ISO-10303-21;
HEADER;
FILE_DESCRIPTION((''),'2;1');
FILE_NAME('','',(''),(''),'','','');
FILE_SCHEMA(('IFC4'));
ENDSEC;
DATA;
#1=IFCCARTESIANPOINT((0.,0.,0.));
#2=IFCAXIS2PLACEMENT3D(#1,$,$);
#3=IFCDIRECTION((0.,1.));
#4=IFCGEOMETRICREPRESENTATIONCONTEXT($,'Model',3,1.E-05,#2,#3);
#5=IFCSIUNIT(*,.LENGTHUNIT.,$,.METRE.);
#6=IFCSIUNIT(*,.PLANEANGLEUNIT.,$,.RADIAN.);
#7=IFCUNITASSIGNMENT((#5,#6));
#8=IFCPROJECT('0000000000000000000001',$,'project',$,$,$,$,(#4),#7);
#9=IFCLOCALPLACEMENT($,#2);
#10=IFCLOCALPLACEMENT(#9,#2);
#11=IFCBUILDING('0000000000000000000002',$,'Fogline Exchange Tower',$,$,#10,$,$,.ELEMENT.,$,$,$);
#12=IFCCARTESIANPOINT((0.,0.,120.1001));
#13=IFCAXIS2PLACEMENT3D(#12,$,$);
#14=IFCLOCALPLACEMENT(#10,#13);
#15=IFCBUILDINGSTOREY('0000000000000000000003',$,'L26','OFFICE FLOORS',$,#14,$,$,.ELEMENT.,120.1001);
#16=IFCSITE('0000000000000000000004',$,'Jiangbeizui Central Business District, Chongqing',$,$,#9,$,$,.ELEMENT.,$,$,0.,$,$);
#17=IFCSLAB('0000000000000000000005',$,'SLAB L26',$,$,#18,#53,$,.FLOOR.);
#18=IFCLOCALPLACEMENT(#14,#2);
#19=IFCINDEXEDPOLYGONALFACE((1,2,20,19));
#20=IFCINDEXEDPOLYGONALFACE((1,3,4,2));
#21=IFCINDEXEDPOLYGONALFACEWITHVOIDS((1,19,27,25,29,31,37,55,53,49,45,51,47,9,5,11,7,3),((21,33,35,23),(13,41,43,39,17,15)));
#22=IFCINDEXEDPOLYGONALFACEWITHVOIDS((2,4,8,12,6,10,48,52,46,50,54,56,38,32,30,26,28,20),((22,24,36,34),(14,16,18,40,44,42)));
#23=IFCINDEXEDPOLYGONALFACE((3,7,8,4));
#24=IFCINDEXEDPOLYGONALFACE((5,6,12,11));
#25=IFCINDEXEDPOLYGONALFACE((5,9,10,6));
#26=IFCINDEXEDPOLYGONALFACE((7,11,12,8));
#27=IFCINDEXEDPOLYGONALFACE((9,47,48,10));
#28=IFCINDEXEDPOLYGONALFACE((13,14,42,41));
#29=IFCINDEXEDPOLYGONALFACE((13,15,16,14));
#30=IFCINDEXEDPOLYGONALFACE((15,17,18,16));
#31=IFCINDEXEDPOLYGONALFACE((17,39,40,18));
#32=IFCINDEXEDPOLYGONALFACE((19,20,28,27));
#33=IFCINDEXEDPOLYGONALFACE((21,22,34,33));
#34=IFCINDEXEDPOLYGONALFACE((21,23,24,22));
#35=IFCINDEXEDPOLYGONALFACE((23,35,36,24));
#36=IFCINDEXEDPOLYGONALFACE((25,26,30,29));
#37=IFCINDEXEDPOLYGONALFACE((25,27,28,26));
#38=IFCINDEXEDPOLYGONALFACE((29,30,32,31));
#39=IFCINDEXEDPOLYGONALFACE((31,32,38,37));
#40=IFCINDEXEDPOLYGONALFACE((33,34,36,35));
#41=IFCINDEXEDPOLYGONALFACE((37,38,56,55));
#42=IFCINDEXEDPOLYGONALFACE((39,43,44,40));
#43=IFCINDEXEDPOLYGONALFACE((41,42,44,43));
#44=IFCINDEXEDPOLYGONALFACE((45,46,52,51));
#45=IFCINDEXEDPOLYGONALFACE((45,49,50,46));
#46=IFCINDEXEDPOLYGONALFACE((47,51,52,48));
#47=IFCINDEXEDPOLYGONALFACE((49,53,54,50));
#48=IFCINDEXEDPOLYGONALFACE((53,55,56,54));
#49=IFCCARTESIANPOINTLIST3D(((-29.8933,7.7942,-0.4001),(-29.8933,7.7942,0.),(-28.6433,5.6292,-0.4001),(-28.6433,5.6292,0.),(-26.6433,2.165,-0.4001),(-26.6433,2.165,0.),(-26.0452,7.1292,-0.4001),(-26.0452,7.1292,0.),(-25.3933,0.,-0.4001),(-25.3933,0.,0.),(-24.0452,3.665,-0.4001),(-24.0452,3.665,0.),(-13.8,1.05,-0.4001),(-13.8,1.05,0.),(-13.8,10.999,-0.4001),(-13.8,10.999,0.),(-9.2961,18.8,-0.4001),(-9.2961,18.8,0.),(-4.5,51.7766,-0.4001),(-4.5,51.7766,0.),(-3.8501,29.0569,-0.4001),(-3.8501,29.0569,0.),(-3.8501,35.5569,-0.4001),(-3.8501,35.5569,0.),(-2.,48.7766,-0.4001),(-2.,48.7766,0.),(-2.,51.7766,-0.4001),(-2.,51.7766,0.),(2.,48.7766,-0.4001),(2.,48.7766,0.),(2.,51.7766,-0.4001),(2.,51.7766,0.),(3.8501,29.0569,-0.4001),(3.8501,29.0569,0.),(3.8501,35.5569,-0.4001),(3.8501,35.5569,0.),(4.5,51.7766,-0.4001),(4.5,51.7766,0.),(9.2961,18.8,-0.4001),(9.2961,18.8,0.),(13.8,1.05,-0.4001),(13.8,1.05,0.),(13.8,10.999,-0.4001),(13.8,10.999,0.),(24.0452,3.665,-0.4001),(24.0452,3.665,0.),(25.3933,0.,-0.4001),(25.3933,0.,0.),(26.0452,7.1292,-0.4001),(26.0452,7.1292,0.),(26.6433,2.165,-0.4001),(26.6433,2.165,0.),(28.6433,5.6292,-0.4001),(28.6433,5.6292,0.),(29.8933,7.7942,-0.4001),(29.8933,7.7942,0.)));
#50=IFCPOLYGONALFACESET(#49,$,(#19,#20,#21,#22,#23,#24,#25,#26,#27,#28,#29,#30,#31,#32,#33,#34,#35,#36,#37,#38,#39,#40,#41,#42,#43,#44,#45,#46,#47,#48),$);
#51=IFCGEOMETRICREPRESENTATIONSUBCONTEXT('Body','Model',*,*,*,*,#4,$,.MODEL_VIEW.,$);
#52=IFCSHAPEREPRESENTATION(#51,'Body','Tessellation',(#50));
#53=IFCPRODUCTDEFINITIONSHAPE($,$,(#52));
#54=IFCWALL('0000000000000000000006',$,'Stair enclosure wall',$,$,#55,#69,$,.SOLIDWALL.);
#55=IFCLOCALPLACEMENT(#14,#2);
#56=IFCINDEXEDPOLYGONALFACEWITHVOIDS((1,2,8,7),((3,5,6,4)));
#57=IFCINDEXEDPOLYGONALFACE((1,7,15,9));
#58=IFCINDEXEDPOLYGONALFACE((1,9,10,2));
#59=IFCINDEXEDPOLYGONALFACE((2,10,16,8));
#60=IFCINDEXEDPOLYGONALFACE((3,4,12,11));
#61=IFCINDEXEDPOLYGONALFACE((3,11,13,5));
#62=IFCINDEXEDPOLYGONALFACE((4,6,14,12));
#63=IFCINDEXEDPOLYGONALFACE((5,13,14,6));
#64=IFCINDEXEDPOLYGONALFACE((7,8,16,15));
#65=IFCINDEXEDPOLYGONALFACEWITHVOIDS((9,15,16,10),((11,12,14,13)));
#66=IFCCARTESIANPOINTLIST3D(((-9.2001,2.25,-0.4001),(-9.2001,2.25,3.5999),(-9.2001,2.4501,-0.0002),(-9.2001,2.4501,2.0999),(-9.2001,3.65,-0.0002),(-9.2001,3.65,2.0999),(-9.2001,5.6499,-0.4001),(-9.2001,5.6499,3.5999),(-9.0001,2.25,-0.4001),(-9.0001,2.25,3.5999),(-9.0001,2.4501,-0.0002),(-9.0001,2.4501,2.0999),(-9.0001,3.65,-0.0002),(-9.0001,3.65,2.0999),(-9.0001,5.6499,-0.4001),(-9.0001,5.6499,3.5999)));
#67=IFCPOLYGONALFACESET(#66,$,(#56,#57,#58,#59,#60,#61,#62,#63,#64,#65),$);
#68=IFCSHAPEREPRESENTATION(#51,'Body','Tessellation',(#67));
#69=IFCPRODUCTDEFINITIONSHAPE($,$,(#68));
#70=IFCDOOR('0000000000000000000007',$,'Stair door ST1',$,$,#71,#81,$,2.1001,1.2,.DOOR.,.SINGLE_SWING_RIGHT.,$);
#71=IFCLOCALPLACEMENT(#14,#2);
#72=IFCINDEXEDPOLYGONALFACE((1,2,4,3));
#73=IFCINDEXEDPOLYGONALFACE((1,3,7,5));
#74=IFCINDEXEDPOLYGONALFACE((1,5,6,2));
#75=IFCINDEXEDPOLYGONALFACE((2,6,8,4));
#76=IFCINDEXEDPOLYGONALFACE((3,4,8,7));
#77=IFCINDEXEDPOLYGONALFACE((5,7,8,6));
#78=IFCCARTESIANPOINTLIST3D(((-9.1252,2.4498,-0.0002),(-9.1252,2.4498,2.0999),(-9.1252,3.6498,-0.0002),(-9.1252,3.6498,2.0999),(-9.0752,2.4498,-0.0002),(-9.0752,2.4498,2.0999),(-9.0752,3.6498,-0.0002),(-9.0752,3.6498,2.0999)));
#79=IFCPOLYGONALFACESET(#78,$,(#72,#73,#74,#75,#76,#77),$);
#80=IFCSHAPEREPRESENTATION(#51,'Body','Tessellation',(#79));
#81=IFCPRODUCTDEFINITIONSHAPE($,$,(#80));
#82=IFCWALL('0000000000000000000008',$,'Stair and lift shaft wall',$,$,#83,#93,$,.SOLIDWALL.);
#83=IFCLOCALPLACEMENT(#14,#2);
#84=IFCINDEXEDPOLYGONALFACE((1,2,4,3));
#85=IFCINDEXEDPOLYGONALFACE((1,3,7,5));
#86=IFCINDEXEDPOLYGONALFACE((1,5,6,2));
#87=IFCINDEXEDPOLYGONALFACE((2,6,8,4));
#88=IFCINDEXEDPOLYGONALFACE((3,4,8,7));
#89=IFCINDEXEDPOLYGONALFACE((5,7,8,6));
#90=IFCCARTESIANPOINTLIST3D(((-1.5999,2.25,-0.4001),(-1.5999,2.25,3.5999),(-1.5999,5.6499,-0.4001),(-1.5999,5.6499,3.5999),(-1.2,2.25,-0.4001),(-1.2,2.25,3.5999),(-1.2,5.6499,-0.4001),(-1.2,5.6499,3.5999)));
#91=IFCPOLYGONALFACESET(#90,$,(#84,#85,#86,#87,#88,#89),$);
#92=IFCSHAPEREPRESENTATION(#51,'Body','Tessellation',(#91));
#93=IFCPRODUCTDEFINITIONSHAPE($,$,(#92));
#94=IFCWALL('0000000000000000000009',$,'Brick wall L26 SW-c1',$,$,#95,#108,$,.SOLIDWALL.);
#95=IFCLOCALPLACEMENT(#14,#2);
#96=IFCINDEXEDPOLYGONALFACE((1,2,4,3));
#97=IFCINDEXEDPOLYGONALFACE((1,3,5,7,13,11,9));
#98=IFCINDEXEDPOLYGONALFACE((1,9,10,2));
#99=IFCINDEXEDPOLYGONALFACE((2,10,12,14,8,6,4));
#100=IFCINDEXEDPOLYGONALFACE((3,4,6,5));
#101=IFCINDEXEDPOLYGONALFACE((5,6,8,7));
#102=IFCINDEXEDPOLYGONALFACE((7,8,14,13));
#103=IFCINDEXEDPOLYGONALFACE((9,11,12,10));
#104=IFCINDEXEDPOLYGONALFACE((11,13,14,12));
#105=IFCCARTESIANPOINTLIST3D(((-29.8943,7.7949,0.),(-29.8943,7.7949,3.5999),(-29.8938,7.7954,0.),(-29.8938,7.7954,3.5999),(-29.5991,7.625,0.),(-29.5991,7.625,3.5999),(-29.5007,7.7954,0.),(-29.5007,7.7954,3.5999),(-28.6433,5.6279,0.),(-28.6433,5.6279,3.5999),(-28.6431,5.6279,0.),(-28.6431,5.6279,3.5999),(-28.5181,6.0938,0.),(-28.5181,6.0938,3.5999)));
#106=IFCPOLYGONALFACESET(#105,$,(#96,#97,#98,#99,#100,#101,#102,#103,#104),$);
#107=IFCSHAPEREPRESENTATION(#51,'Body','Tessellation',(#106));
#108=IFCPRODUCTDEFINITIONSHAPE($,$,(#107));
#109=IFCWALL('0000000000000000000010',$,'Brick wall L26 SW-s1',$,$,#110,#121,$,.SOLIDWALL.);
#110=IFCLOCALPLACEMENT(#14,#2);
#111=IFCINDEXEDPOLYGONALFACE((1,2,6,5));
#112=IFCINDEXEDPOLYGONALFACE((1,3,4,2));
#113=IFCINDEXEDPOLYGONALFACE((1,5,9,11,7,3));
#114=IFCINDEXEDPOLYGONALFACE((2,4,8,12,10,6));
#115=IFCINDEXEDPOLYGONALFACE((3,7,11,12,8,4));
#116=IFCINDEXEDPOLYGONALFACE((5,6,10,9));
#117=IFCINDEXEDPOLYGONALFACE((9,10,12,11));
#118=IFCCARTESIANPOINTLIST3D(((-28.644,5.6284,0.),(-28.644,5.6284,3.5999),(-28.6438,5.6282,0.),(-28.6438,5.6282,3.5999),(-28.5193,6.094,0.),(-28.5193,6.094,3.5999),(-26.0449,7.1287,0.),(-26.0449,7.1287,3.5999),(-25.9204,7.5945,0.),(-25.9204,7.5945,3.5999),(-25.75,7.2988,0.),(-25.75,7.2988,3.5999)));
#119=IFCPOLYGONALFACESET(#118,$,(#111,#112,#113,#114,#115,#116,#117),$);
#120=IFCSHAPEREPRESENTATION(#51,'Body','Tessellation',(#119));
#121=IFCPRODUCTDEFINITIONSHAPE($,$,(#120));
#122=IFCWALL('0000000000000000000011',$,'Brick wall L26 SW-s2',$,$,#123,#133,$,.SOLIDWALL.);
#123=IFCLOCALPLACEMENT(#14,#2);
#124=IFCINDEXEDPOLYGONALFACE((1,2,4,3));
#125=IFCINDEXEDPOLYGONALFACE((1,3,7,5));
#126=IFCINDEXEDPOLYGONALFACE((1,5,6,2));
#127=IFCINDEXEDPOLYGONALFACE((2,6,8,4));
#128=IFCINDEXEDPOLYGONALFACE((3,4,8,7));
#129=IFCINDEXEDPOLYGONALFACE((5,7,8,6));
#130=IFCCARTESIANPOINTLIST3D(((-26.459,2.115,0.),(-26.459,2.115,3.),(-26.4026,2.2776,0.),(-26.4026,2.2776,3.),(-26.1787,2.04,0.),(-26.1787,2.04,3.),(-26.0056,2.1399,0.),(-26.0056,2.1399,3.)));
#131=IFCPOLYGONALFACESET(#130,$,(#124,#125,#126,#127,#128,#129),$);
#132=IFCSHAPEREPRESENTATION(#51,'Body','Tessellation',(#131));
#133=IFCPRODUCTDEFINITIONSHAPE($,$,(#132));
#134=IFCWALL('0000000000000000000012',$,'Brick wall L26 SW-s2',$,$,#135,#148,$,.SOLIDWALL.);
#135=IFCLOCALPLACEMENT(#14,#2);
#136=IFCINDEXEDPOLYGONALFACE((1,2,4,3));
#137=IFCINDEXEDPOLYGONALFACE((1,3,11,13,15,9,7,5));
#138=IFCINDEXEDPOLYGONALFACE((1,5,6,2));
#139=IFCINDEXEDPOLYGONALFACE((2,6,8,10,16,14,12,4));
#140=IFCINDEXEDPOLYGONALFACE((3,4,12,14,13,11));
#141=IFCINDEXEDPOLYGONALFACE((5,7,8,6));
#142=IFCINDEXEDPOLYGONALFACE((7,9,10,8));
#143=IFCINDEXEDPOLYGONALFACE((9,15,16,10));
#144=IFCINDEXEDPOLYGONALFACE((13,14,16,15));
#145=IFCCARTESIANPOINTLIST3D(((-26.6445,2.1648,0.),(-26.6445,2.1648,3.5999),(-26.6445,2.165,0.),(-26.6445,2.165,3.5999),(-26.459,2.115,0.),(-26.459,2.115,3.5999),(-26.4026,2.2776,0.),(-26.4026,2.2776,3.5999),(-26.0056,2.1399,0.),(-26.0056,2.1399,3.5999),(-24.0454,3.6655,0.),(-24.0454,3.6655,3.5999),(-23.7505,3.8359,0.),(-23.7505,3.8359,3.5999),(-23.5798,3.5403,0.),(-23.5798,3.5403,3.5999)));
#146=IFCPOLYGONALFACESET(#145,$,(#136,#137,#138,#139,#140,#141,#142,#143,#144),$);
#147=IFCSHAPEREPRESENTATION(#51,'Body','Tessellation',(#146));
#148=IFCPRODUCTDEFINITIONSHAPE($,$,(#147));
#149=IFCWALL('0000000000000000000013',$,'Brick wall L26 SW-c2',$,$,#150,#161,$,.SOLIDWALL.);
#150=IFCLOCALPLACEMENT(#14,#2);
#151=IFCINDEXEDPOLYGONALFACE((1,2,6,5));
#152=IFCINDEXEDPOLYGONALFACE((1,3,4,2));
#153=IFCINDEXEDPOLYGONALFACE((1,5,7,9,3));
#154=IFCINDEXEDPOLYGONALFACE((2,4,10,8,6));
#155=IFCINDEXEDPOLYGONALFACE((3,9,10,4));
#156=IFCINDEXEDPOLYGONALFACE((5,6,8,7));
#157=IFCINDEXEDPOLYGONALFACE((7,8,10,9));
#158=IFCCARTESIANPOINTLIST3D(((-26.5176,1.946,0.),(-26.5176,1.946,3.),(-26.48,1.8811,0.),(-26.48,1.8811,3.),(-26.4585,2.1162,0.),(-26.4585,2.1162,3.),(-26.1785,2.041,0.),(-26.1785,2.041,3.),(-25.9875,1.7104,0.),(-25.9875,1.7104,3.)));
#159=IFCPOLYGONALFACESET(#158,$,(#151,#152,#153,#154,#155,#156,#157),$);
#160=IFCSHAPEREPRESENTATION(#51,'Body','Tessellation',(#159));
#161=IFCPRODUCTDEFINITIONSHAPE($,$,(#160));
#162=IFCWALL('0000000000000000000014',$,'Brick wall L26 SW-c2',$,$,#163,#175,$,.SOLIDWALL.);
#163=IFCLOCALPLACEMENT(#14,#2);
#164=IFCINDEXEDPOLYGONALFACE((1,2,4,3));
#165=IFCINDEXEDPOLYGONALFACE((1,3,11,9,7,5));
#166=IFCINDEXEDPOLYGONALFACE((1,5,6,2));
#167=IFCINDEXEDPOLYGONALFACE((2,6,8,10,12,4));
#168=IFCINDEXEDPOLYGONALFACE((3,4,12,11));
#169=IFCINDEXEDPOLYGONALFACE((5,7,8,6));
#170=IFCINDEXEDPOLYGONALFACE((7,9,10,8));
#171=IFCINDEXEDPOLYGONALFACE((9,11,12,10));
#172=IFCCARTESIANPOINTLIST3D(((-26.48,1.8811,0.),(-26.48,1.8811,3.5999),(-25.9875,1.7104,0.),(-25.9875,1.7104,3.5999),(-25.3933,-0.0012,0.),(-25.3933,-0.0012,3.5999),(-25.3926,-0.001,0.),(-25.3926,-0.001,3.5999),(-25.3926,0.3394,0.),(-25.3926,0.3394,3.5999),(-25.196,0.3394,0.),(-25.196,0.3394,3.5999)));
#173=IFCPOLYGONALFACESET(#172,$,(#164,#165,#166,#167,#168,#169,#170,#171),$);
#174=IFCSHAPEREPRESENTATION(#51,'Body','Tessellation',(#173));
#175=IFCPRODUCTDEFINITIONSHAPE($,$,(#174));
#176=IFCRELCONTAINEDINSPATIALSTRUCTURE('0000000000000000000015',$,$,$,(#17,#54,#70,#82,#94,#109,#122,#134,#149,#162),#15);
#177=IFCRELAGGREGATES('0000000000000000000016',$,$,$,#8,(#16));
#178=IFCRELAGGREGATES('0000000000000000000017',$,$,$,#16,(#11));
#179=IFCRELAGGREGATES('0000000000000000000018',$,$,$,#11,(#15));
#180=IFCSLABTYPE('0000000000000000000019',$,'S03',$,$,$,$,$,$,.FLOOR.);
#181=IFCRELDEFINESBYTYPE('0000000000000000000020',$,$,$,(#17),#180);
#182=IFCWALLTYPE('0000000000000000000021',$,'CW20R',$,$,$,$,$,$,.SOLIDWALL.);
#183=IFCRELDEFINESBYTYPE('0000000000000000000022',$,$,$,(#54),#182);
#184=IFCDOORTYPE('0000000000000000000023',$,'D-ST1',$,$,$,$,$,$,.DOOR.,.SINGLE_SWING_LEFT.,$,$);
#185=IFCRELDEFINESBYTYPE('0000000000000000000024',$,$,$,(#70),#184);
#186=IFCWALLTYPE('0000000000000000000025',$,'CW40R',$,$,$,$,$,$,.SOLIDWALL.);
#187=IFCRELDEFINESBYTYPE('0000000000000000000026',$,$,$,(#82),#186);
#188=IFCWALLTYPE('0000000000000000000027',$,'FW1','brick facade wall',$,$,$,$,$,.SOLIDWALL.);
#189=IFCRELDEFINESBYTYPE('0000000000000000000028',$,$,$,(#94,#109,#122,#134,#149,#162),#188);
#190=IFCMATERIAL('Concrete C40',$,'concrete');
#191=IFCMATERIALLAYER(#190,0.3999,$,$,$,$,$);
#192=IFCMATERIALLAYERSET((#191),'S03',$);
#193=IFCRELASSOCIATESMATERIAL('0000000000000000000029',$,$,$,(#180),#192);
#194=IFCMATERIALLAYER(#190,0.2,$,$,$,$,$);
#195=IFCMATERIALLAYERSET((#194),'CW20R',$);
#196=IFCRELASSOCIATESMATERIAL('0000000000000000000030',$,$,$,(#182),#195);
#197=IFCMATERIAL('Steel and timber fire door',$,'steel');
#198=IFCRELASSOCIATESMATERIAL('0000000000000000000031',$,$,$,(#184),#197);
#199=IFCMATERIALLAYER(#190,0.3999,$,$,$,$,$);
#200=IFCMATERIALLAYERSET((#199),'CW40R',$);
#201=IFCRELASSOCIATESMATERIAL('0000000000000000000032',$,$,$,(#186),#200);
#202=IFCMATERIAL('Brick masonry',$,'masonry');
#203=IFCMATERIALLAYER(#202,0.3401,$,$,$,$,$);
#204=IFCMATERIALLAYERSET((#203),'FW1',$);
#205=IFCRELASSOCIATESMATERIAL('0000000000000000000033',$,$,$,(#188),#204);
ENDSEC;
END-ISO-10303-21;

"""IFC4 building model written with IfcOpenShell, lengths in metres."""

from ifc_helpers import new_model, si_unit, direction, frame, frame_2d, origin, place, context, subcontext, project, spatial, polyline, rectangle, outline, extrude, material, layer, layer_set, type_object, element, fill, save


model = new_model("IFC4")

# Units and contexts
model_context = context("Model", 3, precision=1e-05, world=origin(), true_north=direction((0.0, 1.0)))
body_context = subcontext(model_context, "Body", "Model", "MODEL_VIEW")
ifc_project = project(units=[si_unit("LENGTHUNIT", "METRE"), si_unit("PLANEANGLEUNIT", "RADIAN")], contexts=[model_context])

# Site, building, storey
site_placement = place(None, origin())
site = spatial("IfcSite", under=ifc_project, at=site_placement, Name="Jiangbeizui Central Business District, Chongqing", CompositionType="ELEMENT", RefElevation=0.0)
building_placement = place(site_placement, origin())
building = spatial("IfcBuilding", under=site, at=building_placement, Name="Fogline Exchange Tower", CompositionType="ELEMENT")
storey_placement = place(building_placement, frame((0.0, 0.0, 120.1001)))
storey = spatial("IfcBuildingStorey", under=building, at=storey_placement, Name="L26", Description="OFFICE FLOORS", CompositionType="ELEMENT", Elevation=120.1001)

# Slab
ifc_material_1 = material(Name="Concrete C40", Category="concrete")
ifc_layer_1 = layer(ifc_material_1, 0.3999)
ifc_layer_set_1 = layer_set([ifc_layer_1], Name="S03")
slab_type = type_object("IfcSlabType", Name="S03", PredefinedType="FLOOR", material=ifc_layer_set_1)
slab_placement = place(storey_placement, frame((0.0, 0.0, -0.4001)))
element("IfcSlab", 1, at=slab_placement, inside=storey, type_object=slab_type, Name="SLAB L26", PredefinedType="FLOOR", context=body_context, shape_type="SweptSolid", body=[
    extrude(outline(polyline([(-2.0, 51.7766), (-4.5, 51.7766), (-29.8933, 7.7942), (-28.6433, 5.6292), (-26.0452, 7.1292), (-24.0452, 3.665), (-26.6433, 2.165), (-25.3933, 0.0), (25.3933, 0.0), (26.6433, 2.165), (24.0452, 3.665), (26.0452, 7.1292), (28.6433, 5.6292), (29.8933, 7.7942), (4.5, 51.7766), (2.0, 51.7766), (2.0, 48.7766), (-2.0, 48.7766), (-2.0, 51.7766)]), holes=[polyline([(13.8, 10.999), (13.8, 1.05), (-13.8, 1.05), (-13.8, 10.999), (-9.2961, 18.8), (9.2961, 18.8), (13.8, 10.999)]), polyline([(3.8501, 35.5569), (3.8501, 29.0569), (-3.8501, 29.0569), (-3.8501, 35.5569), (3.8501, 35.5569)])]), origin(), (0.0, 0.0, 1.0), 0.4001),
])

# Wall, opening, door
ifc_layer_2 = layer(ifc_material_1, 0.2)
ifc_layer_set_2 = layer_set([ifc_layer_2], Name="CW20R")
wall_type_1 = type_object("IfcWallType", Name="CW20R", PredefinedType="SOLIDWALL", material=ifc_layer_set_2)
wall_1_placement = place(storey_placement, frame((-9.1001, 2.25, -0.4001), z_axis=(0.0, 0.0, 1.0), x_axis=(0.0, 1.0, 0.0)))
wall_1 = element("IfcWall", 2, at=wall_1_placement, inside=storey, type_object=wall_type_1, Name="Stair enclosure wall", PredefinedType="SOLIDWALL", context=body_context, shape_type="SweptSolid", body=[
    extrude(rectangle(XDim=3.3999, YDim=0.2, at=frame_2d((1.7, 0.0))), origin(), (0.0, 0.0, 1.0), 4.0),
])
opening_placement = place(wall_1_placement, frame((0.2, 0.0, 0.3999)))
opening = element("IfcOpeningElement", 3, at=opening_placement, cuts=wall_1, PredefinedType="OPENING", context=body_context, shape_type="SweptSolid", body=[
    extrude(rectangle(XDim=1.2, YDim=2.1001, at=frame_2d((0.6001, 1.05))), frame((0.0, 0.1099, 0.0), z_axis=(0.0, -1.0, 0.0), x_axis=(1.0, 0.0, 0.0)), (0.0, 0.0, 1.0), 0.22),
])
ifc_material_2 = material(Name="Steel and timber fire door", Category="steel")
door_type = type_object("IfcDoorType", Name="D-ST1", OperationType="SINGLE_SWING_LEFT", PredefinedType="DOOR", material=ifc_material_2)
door_placement = place(opening_placement, frame((1.2, 0.0, 0.0), z_axis=(0.0, 0.0, 1.0), x_axis=(-1.0, 0.0, 0.0)))
door = element("IfcDoor", 4, at=door_placement, inside=storey, type_object=door_type, Name="Stair door ST1", OperationType="SINGLE_SWING_RIGHT", OverallHeight=2.1001, OverallWidth=1.2, PredefinedType="DOOR", context=body_context, shape_type="SweptSolid", body=[
    extrude(rectangle(XDim=1.2, YDim=2.1001, at=frame_2d((0.6001, 1.05))), frame((0.0, 0.0249, 0.0), z_axis=(0.0, -1.0, 0.0), x_axis=(1.0, 0.0, 0.0)), (0.0, 0.0, 1.0), 0.05),
])
fill(opening, door)

# Walls
ifc_layer_3 = layer(ifc_material_1, 0.3999)
ifc_layer_set_3 = layer_set([ifc_layer_3], Name="CW40R")
wall_type_2 = type_object("IfcWallType", Name="CW40R", PredefinedType="SOLIDWALL", material=ifc_layer_set_3)
wall_2_placement = place(storey_placement, frame((-1.3999, 2.25, -0.4001), z_axis=(0.0, 0.0, 1.0), x_axis=(0.0, 1.0, 0.0)))
element("IfcWall", 5, at=wall_2_placement, inside=storey, type_object=wall_type_2, Name="Stair and lift shaft wall", PredefinedType="SOLIDWALL", context=body_context, shape_type="SweptSolid", body=[
    extrude(rectangle(XDim=3.3999, YDim=0.3999, at=frame_2d((1.7, 0.0))), origin(), (0.0, 0.0, 1.0), 4.0),
])
ifc_material_3 = material(Name="Brick masonry", Category="masonry")
ifc_layer_4 = layer(ifc_material_3, 0.3401)
ifc_layer_set_4 = layer_set([ifc_layer_4], Name="FW1")
wall_type_3 = type_object("IfcWallType", Name="FW1", Description="brick facade wall", PredefinedType="SOLIDWALL", material=ifc_layer_set_4)
wall_3_placement = place(storey_placement, origin())
element("IfcWall", 6, at=wall_3_placement, inside=storey, type_object=wall_type_3, Name="Brick wall L26 SW-c1", PredefinedType="SOLIDWALL", context=body_context, shape_type="SweptSolid", body=[
    extrude(outline(polyline([(-28.6433, 5.6279), (-29.8943, 7.7949), (-29.8938, 7.7954), (-29.5991, 7.625), (-29.5007, 7.7954), (-28.5181, 6.0938), (-28.6431, 5.6279), (-28.6433, 5.6279)])), origin(), (0.0, 0.0, 1.0), 3.5999),
])
wall_4_placement = place(storey_placement, origin())
element("IfcWall", 7, at=wall_4_placement, inside=storey, type_object=wall_type_3, Name="Brick wall L26 SW-s1", PredefinedType="SOLIDWALL", context=body_context, shape_type="SweptSolid", body=[
    extrude(outline(polyline([(-25.9204, 7.5945), (-25.75, 7.2988), (-26.0449, 7.1287), (-28.6438, 5.6282), (-28.644, 5.6284), (-28.5193, 6.094), (-25.9204, 7.5945)])), origin(), (0.0, 0.0, 1.0), 3.5999),
])
wall_5_placement = place(storey_placement, origin())
element("IfcWall", 8, at=wall_5_placement, inside=storey, type_object=wall_type_3, Name="Brick wall L26 SW-s2", PredefinedType="SOLIDWALL", context=body_context, shape_type="SweptSolid", body=[
    extrude(outline(polyline([(-26.1787, 2.04), (-26.459, 2.115), (-26.4026, 2.2776), (-26.0056, 2.1399), (-26.1787, 2.04)])), origin(), (0.0, 0.0, 1.0), 3.0),
])
wall_6_placement = place(storey_placement, origin())
element("IfcWall", 9, at=wall_6_placement, inside=storey, type_object=wall_type_3, Name="Brick wall L26 SW-s2", PredefinedType="SOLIDWALL", context=body_context, shape_type="SweptSolid", body=[
    extrude(outline(polyline([(-24.0454, 3.6655), (-23.7505, 3.8359), (-23.5798, 3.5403), (-26.0056, 2.1399), (-26.4026, 2.2776), (-26.459, 2.115), (-26.6445, 2.1648), (-26.6445, 2.165), (-24.0454, 3.6655)])), origin(), (0.0, 0.0, 1.0), 3.5999),
])
wall_7_placement = place(storey_placement, origin())
element("IfcWall", 10, at=wall_7_placement, inside=storey, type_object=wall_type_3, Name="Brick wall L26 SW-c2", PredefinedType="SOLIDWALL", context=body_context, shape_type="SweptSolid", body=[
    extrude(outline(polyline([(-26.5176, 1.946), (-26.4585, 2.1162), (-26.1785, 2.041), (-25.9875, 1.7104), (-26.48, 1.8811), (-26.5176, 1.946)])), origin(), (0.0, 0.0, 1.0), 3.0),
])
wall_8_placement = place(storey_placement, origin())
element("IfcWall", 11, at=wall_8_placement, inside=storey, type_object=wall_type_3, Name="Brick wall L26 SW-c2", PredefinedType="SOLIDWALL", context=body_context, shape_type="SweptSolid", body=[
    extrude(outline(polyline([(-25.3926, 0.3394), (-25.3926, -0.001), (-25.3933, -0.0012), (-26.48, 1.8811), (-25.9875, 1.7104), (-25.196, 0.3394), (-25.3926, 0.3394)])), origin(), (0.0, 0.0, 1.0), 3.5999),
])

save(model, "model.ifc")
